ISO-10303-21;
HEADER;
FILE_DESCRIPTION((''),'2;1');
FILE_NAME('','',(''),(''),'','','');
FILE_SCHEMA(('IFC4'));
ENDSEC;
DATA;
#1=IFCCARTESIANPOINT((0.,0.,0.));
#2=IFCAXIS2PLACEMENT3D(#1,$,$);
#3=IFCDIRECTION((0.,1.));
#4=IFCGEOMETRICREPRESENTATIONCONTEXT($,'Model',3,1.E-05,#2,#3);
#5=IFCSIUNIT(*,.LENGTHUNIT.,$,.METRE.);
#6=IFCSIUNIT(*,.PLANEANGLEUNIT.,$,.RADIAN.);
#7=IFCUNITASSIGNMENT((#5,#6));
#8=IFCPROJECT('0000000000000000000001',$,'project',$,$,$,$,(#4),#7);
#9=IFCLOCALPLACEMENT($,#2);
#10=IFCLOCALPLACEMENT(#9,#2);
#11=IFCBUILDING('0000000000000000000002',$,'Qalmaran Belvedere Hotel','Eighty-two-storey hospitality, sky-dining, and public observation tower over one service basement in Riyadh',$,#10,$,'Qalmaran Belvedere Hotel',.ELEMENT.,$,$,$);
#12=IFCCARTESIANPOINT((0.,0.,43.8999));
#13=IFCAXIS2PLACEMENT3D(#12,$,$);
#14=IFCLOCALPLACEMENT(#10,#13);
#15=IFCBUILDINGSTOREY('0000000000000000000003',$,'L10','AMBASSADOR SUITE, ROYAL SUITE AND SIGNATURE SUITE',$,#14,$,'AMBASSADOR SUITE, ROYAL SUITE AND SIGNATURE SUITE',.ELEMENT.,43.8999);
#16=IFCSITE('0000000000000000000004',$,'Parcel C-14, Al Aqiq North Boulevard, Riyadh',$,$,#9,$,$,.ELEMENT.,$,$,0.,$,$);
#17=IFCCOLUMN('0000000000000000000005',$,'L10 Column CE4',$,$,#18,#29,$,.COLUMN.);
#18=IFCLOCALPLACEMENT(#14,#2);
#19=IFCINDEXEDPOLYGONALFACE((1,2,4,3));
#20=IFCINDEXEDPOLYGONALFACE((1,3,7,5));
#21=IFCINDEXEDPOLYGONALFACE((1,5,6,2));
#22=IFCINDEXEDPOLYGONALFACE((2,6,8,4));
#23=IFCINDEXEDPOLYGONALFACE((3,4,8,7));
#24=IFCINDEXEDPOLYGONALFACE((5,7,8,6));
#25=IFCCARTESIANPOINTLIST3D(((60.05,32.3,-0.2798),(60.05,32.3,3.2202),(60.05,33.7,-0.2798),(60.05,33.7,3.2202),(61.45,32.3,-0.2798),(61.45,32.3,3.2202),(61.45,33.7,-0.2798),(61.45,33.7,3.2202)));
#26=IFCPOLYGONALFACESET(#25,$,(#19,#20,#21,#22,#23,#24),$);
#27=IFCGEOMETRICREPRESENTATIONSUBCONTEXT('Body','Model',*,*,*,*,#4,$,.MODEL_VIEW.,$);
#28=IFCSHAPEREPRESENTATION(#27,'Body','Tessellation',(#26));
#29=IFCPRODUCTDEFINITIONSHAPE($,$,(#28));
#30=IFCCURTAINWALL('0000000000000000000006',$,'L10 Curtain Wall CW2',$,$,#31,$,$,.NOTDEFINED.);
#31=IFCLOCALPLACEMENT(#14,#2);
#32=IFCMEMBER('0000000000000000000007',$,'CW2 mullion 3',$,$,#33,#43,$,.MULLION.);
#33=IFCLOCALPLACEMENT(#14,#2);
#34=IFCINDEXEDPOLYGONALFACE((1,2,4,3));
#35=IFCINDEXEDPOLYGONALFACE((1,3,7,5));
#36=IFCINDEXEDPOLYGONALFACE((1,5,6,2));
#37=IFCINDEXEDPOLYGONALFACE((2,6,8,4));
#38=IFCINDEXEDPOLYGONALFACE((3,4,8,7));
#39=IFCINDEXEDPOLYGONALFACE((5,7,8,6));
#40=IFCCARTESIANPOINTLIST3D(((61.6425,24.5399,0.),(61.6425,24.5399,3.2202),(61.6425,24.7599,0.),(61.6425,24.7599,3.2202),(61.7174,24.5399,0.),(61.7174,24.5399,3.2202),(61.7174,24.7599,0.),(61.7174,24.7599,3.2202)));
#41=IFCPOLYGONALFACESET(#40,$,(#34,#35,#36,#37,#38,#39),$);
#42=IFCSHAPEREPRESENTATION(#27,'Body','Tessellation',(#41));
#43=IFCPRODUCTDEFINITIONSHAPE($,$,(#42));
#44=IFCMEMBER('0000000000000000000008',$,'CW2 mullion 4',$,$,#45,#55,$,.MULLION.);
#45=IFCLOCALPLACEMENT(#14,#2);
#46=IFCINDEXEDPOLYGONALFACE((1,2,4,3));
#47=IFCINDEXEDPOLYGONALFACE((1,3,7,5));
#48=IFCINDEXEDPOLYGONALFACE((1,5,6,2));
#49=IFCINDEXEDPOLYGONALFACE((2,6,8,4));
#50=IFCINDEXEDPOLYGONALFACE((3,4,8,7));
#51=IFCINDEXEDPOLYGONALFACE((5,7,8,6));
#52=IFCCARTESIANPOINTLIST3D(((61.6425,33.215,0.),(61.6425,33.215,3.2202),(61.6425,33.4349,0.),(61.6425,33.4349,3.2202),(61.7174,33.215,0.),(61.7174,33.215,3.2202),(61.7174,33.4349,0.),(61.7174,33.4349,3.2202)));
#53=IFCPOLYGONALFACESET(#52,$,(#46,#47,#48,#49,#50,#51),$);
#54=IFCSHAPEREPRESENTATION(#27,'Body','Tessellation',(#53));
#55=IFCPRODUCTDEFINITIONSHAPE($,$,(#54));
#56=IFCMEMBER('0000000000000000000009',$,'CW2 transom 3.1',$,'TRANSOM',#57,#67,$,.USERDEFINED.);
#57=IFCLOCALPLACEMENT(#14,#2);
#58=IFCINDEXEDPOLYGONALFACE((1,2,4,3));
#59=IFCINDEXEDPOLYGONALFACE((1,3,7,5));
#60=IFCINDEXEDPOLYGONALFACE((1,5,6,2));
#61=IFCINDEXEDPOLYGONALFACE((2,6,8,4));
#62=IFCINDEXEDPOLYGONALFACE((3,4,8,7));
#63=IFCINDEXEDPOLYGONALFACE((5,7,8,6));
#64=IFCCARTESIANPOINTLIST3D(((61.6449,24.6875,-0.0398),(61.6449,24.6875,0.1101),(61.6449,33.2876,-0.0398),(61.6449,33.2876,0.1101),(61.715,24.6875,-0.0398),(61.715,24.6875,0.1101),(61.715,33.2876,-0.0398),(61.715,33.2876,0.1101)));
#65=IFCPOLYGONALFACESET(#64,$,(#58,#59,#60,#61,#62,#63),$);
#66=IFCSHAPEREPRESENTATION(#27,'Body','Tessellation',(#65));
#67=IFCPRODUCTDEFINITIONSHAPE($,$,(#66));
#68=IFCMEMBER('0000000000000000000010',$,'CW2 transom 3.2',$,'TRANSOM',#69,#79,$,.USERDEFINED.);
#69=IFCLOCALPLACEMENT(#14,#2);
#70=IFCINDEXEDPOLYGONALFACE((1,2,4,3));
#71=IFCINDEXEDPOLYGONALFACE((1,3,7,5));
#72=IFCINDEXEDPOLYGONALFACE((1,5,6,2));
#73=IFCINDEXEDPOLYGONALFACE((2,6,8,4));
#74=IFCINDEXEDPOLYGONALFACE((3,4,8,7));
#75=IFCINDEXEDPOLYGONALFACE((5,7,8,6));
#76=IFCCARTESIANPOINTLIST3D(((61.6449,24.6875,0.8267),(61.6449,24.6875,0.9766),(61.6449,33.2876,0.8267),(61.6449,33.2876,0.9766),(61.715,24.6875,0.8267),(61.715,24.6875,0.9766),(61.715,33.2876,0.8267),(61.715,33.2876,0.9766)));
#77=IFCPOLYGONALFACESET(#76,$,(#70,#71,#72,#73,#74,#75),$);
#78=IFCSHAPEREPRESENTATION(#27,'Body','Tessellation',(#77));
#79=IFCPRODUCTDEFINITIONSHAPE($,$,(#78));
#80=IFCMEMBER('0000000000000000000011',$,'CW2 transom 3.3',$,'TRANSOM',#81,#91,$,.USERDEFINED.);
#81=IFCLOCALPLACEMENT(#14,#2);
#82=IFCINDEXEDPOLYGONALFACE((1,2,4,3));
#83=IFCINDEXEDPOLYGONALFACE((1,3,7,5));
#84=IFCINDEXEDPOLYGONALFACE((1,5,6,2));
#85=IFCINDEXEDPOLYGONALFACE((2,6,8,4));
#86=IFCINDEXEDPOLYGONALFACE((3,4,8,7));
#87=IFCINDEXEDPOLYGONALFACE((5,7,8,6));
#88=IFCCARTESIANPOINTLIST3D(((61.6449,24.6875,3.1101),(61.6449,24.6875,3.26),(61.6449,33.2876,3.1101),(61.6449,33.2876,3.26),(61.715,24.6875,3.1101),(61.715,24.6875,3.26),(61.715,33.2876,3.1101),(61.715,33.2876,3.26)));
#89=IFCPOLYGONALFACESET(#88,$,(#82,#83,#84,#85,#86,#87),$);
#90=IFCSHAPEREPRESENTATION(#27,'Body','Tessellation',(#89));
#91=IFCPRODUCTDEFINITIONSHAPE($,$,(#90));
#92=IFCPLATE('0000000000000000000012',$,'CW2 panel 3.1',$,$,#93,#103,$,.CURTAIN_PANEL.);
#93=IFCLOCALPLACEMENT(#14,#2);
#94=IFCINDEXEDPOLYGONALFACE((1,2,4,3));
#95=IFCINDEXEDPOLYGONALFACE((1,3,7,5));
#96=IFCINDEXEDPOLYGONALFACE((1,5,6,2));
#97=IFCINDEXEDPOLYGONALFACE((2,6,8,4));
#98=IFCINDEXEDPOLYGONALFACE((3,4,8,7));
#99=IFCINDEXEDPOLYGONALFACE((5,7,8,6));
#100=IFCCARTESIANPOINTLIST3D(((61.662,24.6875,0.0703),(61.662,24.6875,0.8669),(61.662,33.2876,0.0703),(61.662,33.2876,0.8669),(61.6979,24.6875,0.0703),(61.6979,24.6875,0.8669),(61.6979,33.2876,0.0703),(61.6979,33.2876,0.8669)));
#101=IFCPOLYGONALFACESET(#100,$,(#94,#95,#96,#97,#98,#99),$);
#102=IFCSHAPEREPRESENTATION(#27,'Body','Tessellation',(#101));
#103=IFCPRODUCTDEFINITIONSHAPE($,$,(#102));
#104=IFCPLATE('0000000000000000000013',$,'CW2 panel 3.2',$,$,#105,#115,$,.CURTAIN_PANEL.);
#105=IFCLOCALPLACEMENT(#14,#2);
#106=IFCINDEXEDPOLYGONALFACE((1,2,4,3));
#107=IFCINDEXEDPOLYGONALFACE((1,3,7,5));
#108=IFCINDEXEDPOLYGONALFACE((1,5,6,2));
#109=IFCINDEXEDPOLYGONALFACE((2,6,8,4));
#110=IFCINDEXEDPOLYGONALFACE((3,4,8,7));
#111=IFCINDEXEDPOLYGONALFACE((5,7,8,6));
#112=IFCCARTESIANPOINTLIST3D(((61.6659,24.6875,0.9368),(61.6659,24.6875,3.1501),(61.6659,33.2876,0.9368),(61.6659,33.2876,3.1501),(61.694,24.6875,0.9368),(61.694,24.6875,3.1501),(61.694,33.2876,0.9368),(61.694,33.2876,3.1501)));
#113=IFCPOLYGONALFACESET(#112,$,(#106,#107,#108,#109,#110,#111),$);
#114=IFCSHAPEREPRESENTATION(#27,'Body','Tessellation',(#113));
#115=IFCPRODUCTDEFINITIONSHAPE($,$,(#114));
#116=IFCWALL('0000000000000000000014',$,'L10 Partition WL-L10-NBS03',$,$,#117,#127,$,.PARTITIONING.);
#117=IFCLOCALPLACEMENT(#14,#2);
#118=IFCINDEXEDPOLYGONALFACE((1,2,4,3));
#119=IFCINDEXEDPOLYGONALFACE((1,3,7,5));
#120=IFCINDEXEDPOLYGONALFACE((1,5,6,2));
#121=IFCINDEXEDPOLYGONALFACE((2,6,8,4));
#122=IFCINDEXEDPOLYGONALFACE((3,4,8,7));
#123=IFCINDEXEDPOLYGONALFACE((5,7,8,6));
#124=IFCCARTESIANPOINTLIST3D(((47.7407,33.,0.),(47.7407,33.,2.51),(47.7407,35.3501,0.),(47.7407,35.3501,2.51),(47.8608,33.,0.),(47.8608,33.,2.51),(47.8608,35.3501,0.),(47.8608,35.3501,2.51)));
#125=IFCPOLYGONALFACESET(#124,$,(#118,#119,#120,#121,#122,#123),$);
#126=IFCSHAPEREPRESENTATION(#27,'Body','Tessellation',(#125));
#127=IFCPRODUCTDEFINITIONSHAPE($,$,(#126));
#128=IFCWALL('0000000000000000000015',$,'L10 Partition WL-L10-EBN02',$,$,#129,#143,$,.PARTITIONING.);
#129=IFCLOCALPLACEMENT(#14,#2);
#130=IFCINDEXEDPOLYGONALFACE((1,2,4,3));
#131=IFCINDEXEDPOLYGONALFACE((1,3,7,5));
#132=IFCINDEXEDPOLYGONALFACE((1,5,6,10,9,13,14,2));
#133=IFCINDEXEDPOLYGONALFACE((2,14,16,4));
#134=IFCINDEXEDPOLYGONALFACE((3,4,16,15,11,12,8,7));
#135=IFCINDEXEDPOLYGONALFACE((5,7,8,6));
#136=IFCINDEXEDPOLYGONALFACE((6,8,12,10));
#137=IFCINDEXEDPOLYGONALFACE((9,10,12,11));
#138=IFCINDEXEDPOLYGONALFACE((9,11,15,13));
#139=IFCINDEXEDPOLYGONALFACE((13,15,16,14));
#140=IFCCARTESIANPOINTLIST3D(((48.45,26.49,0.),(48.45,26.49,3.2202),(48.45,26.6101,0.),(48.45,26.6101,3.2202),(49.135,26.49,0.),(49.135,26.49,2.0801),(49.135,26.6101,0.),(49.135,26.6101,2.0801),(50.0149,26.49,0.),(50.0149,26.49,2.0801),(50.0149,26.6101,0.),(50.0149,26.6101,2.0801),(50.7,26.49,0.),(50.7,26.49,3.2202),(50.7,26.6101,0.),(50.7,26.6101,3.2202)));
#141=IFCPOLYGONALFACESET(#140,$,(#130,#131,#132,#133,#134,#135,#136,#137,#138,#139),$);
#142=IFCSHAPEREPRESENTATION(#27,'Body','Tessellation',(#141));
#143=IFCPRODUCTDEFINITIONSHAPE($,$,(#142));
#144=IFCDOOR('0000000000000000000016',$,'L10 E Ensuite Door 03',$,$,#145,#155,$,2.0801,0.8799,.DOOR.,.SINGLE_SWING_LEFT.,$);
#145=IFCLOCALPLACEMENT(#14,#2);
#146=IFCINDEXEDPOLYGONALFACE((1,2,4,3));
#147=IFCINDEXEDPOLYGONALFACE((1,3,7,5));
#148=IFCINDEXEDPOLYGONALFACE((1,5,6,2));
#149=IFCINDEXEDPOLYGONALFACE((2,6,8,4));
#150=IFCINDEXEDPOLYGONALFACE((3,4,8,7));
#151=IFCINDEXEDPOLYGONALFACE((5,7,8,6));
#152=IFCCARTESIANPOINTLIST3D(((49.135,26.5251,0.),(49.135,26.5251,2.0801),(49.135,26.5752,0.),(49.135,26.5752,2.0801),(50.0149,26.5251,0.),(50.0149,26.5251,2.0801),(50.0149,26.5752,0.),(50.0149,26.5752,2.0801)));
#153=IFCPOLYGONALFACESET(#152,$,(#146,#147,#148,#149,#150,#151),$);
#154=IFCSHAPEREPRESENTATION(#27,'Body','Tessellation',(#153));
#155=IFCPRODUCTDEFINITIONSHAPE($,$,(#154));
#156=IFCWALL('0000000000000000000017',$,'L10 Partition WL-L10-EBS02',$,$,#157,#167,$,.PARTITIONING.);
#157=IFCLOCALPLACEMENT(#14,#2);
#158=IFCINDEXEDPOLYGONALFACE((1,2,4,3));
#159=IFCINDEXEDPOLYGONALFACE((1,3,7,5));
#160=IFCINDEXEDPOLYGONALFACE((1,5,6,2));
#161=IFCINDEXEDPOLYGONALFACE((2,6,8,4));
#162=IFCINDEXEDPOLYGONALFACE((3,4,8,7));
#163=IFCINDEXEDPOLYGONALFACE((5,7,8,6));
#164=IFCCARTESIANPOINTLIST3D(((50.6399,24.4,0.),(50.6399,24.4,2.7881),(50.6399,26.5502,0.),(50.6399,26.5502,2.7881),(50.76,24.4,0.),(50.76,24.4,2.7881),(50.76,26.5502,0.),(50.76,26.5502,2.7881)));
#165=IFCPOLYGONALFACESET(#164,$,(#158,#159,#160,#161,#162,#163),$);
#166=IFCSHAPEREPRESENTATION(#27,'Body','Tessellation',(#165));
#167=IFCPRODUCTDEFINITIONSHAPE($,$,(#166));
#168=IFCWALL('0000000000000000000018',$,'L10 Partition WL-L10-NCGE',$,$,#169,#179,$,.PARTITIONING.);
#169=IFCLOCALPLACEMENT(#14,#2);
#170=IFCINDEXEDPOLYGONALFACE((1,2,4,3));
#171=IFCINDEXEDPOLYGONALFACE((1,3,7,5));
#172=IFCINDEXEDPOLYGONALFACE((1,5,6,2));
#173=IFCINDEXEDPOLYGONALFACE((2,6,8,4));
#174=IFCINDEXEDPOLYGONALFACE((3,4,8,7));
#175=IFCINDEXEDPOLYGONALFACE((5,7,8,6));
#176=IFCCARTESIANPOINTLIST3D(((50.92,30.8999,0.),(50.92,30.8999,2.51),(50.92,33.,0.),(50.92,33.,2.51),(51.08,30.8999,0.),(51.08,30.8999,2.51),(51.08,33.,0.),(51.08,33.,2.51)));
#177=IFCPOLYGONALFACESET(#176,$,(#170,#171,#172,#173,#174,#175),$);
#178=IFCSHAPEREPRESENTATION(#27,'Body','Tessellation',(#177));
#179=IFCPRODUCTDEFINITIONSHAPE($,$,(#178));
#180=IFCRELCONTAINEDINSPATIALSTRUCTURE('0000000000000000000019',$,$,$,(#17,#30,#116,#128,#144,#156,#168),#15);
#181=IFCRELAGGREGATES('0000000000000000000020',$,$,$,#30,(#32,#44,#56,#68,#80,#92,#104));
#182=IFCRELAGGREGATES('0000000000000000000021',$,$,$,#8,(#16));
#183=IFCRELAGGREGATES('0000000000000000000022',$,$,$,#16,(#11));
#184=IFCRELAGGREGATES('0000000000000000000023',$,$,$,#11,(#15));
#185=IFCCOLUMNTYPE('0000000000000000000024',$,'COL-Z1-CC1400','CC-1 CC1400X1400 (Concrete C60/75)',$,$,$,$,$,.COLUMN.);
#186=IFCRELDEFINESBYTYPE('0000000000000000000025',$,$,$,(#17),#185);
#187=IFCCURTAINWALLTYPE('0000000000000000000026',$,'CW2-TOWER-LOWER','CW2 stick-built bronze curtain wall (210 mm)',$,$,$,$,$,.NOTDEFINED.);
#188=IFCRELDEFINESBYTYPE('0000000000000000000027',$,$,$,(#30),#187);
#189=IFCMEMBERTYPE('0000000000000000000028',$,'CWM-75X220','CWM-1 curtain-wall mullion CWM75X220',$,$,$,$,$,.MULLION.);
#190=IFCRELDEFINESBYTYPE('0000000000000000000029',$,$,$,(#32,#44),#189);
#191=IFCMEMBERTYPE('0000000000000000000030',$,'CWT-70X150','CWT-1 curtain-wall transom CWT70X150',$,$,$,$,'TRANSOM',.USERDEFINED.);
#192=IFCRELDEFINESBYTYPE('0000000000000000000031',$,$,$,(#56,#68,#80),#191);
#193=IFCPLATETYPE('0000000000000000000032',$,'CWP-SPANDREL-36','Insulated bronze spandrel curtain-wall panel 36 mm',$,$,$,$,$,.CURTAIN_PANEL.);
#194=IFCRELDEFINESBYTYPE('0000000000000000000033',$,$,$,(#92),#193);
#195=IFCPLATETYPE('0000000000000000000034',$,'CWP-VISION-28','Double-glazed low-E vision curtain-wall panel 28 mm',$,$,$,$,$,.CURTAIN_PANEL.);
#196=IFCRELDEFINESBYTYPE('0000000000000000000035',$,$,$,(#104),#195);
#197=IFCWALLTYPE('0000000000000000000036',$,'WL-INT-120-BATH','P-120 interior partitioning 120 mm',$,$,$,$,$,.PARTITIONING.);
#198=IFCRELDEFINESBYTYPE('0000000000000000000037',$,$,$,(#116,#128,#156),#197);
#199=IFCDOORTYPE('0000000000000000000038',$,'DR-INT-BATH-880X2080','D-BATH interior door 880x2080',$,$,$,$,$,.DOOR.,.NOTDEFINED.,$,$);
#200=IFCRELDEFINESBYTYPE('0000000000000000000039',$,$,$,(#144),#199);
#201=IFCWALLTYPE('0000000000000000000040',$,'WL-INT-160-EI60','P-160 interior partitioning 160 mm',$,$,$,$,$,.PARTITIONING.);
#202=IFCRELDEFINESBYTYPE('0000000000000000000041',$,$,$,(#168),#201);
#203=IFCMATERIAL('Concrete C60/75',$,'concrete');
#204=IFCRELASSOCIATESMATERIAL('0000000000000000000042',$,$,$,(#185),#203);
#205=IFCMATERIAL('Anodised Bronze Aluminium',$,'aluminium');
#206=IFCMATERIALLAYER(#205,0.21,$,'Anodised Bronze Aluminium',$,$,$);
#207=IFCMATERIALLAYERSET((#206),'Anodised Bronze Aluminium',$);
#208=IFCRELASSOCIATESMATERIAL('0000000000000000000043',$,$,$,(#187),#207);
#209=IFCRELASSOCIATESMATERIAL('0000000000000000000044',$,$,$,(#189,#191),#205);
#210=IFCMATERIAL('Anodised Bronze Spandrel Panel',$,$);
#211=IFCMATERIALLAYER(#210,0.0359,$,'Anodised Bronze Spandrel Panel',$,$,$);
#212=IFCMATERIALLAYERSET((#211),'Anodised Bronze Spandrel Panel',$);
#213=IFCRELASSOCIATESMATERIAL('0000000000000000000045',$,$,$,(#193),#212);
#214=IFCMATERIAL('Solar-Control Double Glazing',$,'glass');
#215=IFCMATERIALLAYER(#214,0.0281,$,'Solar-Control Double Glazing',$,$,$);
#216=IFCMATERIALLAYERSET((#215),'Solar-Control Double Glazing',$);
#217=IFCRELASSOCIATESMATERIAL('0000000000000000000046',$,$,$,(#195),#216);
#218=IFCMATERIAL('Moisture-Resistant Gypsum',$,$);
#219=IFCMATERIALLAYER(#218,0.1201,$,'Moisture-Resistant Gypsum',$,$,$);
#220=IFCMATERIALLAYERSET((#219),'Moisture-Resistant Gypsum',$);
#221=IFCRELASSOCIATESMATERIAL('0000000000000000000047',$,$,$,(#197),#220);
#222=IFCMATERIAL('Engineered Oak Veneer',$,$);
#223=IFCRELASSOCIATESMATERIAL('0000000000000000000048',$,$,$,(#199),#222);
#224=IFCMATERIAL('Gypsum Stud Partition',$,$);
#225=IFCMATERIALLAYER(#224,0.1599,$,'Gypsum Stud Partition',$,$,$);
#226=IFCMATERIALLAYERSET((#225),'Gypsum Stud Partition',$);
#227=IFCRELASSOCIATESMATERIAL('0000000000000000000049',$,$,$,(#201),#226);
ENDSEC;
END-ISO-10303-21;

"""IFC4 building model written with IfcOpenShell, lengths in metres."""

from ifc_helpers import new_model, si_unit, direction, frame, frame_2d, origin, origin_2d, place, context, subcontext, project, spatial, rectangle, extrude, material, layer, layer_set, material_profile, profile_set, type_object, element, fill, aggregate, save


model = new_model("IFC4")

# Units and contexts
model_context = context("Model", 3, precision=1e-05, world=origin(), true_north=direction((0.0, 1.0)))
body_context = subcontext(model_context, "Body", "Model", "MODEL_VIEW")
ifc_project = project(units=[si_unit("LENGTHUNIT", "METRE"), si_unit("PLANEANGLEUNIT", "RADIAN")], contexts=[model_context])

# Site, building, storey
site_placement = place(None, origin())
site = spatial("IfcSite", under=ifc_project, at=site_placement, Name="Parcel C-14, Al Aqiq North Boulevard, Riyadh", CompositionType="ELEMENT", RefElevation=0.0)
building_placement = place(site_placement, origin())
building = spatial("IfcBuilding", under=site, at=building_placement, Name="Qalmaran Belvedere Hotel", Description="Eighty-two-storey hospitality, sky-dining, and public observation tower over one service basement in Riyadh", LongName="Qalmaran Belvedere Hotel", CompositionType="ELEMENT")
storey_placement = place(building_placement, frame((0.0, 0.0, 43.8999)))
storey = spatial("IfcBuildingStorey", under=building, at=storey_placement, Name="L10", Description="AMBASSADOR SUITE, ROYAL SUITE AND SIGNATURE SUITE", LongName="AMBASSADOR SUITE, ROYAL SUITE AND SIGNATURE SUITE", CompositionType="ELEMENT", Elevation=43.8999)

# Column
ifc_material_1 = material(Name="Concrete C60/75", Category="concrete")
ifc_material_profile_1 = material_profile(ifc_material_1, rectangle(XDim=1.3999, YDim=1.3999, at=origin_2d()), Name="CC1400X1400")
ifc_profile_set_1 = profile_set([ifc_material_profile_1], Name="Concrete C60/75")
column_type = type_object("IfcColumnType", Name="COL-Z1-CC1400", Description="CC-1 CC1400X1400 (Concrete C60/75)", PredefinedType="COLUMN", material=ifc_profile_set_1)
column_placement = place(storey_placement, frame((60.75, 33.0, -0.2798), z_axis=(0.0, 0.0, 1.0), x_axis=(1.0, 0.0, 0.0)))
element("IfcColumn", 1, at=column_placement, inside=storey, type_object=column_type, Name="L10 Column CE4", PredefinedType="COLUMN", context=body_context, shape_type="SweptSolid", body=[
    extrude(rectangle(XDim=1.3999, YDim=1.3999, at=origin_2d()), origin(), (0.0, 0.0, 1.0), 3.5),
])

# Curtain wall, members, plates
ifc_material_2 = material(Name="Anodised Bronze Aluminium", Category="aluminium")
ifc_layer_1 = layer(ifc_material_2, 0.21, Name="Anodised Bronze Aluminium")
ifc_layer_set_1 = layer_set([ifc_layer_1], Name="Anodised Bronze Aluminium")
curtain_wall_type = type_object("IfcCurtainWallType", Name="CW2-TOWER-LOWER", Description="CW2 stick-built bronze curtain wall (210 mm)", PredefinedType="NOTDEFINED", material=ifc_layer_set_1)
curtain_wall_placement = place(storey_placement, origin())
curtain_wall = element("IfcCurtainWall", 2, at=curtain_wall_placement, inside=storey, type_object=curtain_wall_type, Name="L10 Curtain Wall CW2", PredefinedType="NOTDEFINED")
ifc_material_profile_2 = material_profile(ifc_material_2, rectangle(XDim=0.075, YDim=0.22, at=origin_2d()), Name="CWM75X220")
ifc_profile_set_2 = profile_set([ifc_material_profile_2], Name="Anodised Bronze Aluminium")
member_type_1 = type_object("IfcMemberType", Name="CWM-75X220", Description="CWM-1 curtain-wall mullion CWM75X220", PredefinedType="MULLION", material=ifc_profile_set_2)
member_1_placement = place(storey_placement, frame((61.6799, 24.6499, 0.0), z_axis=(0.0, 0.0, 1.0), x_axis=(-1.0, 0.0, 0.0)))
member_1 = element("IfcMember", 3, at=member_1_placement, type_object=member_type_1, Name="CW2 mullion 3", PredefinedType="MULLION", context=body_context, shape_type="SweptSolid", body=[
    extrude(rectangle(XDim=0.075, YDim=0.22, at=origin_2d()), origin(), (0.0, 0.0, 1.0), 3.2202),
])
member_2_placement = place(storey_placement, frame((61.6799, 33.325, 0.0), z_axis=(0.0, 0.0, 1.0), x_axis=(-1.0, 0.0, 0.0)))
member_2 = element("IfcMember", 4, at=member_2_placement, type_object=member_type_1, Name="CW2 mullion 4", PredefinedType="MULLION", context=body_context, shape_type="SweptSolid", body=[
    extrude(rectangle(XDim=0.075, YDim=0.22, at=origin_2d()), origin(), (0.0, 0.0, 1.0), 3.2202),
])
ifc_material_profile_3 = material_profile(ifc_material_2, rectangle(XDim=0.0701, YDim=0.1499, at=origin_2d()), Name="CWT70X150")
ifc_profile_set_3 = profile_set([ifc_material_profile_3], Name="Anodised Bronze Aluminium")
member_type_2 = type_object("IfcMemberType", Name="CWT-70X150", Description="CWT-1 curtain-wall transom CWT70X150", ElementType="TRANSOM", PredefinedType="USERDEFINED", material=ifc_profile_set_3)
member_3_placement = place(storey_placement, frame((61.6799, 24.6875, 0.0352), z_axis=(0.0, 1.0, 0.0), x_axis=(-1.0, 0.0, 0.0)))
member_3 = element("IfcMember", 5, at=member_3_placement, type_object=member_type_2, Name="CW2 transom 3.1", ObjectType="TRANSOM", PredefinedType="USERDEFINED", context=body_context, shape_type="SweptSolid", body=[
    extrude(rectangle(XDim=0.0701, YDim=0.1499, at=origin_2d()), origin(), (0.0, 0.0, 1.0), 8.6001),
])
member_4_placement = place(storey_placement, frame((61.6799, 24.6875, 0.9016), z_axis=(0.0, 1.0, 0.0), x_axis=(-1.0, 0.0, 0.0)))
member_4 = element("IfcMember", 6, at=member_4_placement, type_object=member_type_2, Name="CW2 transom 3.2", ObjectType="TRANSOM", PredefinedType="USERDEFINED", context=body_context, shape_type="SweptSolid", body=[
    extrude(rectangle(XDim=0.0701, YDim=0.1499, at=origin_2d()), origin(), (0.0, 0.0, 1.0), 8.6001),
])
member_5_placement = place(storey_placement, frame((61.6799, 24.6875, 3.1851), z_axis=(0.0, 1.0, 0.0), x_axis=(-1.0, 0.0, 0.0)))
member_5 = element("IfcMember", 7, at=member_5_placement, type_object=member_type_2, Name="CW2 transom 3.3", ObjectType="TRANSOM", PredefinedType="USERDEFINED", context=body_context, shape_type="SweptSolid", body=[
    extrude(rectangle(XDim=0.0701, YDim=0.1499, at=origin_2d()), origin(), (0.0, 0.0, 1.0), 8.6001),
])
ifc_material_3 = material(Name="Anodised Bronze Spandrel Panel")
ifc_layer_2 = layer(ifc_material_3, 0.0359, Name="Anodised Bronze Spandrel Panel")
ifc_layer_set_2 = layer_set([ifc_layer_2], Name="Anodised Bronze Spandrel Panel")
plate_type_1 = type_object("IfcPlateType", Name="CWP-SPANDREL-36", Description="Insulated bronze spandrel curtain-wall panel 36 mm", PredefinedType="CURTAIN_PANEL", material=ifc_layer_set_2)
plate_1_placement = place(storey_placement, frame((61.6799, 28.9875, 0.0703), z_axis=(0.0, 0.0, 1.0), x_axis=(0.0, 1.0, 0.0)))
plate_1 = element("IfcPlate", 8, at=plate_1_placement, type_object=plate_type_1, Name="CW2 panel 3.1", PredefinedType="CURTAIN_PANEL", context=body_context, shape_type="SweptSolid", body=[
    extrude(rectangle(XDim=8.6001, YDim=0.0359, at=origin_2d()), origin(), (0.0, 0.0, 1.0), 0.7966),
])
ifc_material_4 = material(Name="Solar-Control Double Glazing", Category="glass")
ifc_layer_3 = layer(ifc_material_4, 0.0281, Name="Solar-Control Double Glazing")
ifc_layer_set_3 = layer_set([ifc_layer_3], Name="Solar-Control Double Glazing")
plate_type_2 = type_object("IfcPlateType", Name="CWP-VISION-28", Description="Double-glazed low-E vision curtain-wall panel 28 mm", PredefinedType="CURTAIN_PANEL", material=ifc_layer_set_3)
plate_2_placement = place(storey_placement, frame((61.6799, 28.9875, 0.9368), z_axis=(0.0, 0.0, 1.0), x_axis=(0.0, 1.0, 0.0)))
plate_2 = element("IfcPlate", 9, at=plate_2_placement, type_object=plate_type_2, Name="CW2 panel 3.2", PredefinedType="CURTAIN_PANEL", context=body_context, shape_type="SweptSolid", body=[
    extrude(rectangle(XDim=8.6001, YDim=0.0281, at=origin_2d()), origin(), (0.0, 0.0, 1.0), 2.2134),
])
aggregate(curtain_wall, [member_1, member_2, member_3, member_4, member_5, plate_1, plate_2])

# Wall
ifc_material_5 = material(Name="Moisture-Resistant Gypsum")
ifc_layer_4 = layer(ifc_material_5, 0.1201, Name="Moisture-Resistant Gypsum")
ifc_layer_set_4 = layer_set([ifc_layer_4], Name="Moisture-Resistant Gypsum")
wall_type_1 = type_object("IfcWallType", Name="WL-INT-120-BATH", Description="P-120 interior partitioning 120 mm", PredefinedType="PARTITIONING", material=ifc_layer_set_4)
wall_1_placement = place(storey_placement, frame((47.8008, 33.0, 0.0), z_axis=(0.0, 0.0, 1.0), x_axis=(0.0, 1.0, 0.0)))
element("IfcWall", 10, at=wall_1_placement, inside=storey, type_object=wall_type_1, Name="L10 Partition WL-L10-NBS03", PredefinedType="PARTITIONING", context=body_context, shape_type="SweptSolid", body=[
    extrude(rectangle(XDim=2.3501, YDim=0.1201, at=frame_2d((1.175, 0.0))), origin(), (0.0, 0.0, 1.0), 2.51),
])

# Wall, opening, door
wall_2_placement = place(storey_placement, frame((48.45, 26.55, 0.0), z_axis=(0.0, 0.0, 1.0), x_axis=(1.0, 0.0, 0.0)))
wall_2 = element("IfcWall", 11, at=wall_2_placement, inside=storey, type_object=wall_type_1, Name="L10 Partition WL-L10-EBN02", PredefinedType="PARTITIONING", context=body_context, shape_type="SweptSolid", body=[
    extrude(rectangle(XDim=2.25, YDim=0.1201, at=frame_2d((1.125, 0.0))), origin(), (0.0, 0.0, 1.0), 3.2202),
])
opening_1_placement = place(wall_2_placement, frame((1.5649, 0.0, 0.0), z_axis=(0.0, 0.0, 1.0), x_axis=(-1.0, 0.0, 0.0)))
opening_1 = element("IfcOpeningElement", 12, at=opening_1_placement, cuts=wall_2, PredefinedType="OPENING", context=body_context, shape_type="SweptSolid", body=[
    extrude(rectangle(XDim=0.8799, YDim=2.0801, at=frame_2d((0.4399, 1.04))), frame((0.0, 0.0701, 0.0), z_axis=(0.0, -1.0, 0.0), x_axis=(1.0, 0.0, 0.0)), (0.0, 0.0, 1.0), 0.1401),
])
ifc_material_6 = material(Name="Engineered Oak Veneer")
door_type_1 = type_object("IfcDoorType", Name="DR-INT-BATH-880X2080", Description="D-BATH interior door 880x2080", OperationType="NOTDEFINED", PredefinedType="DOOR", material=ifc_material_6)
door_1_placement = place(opening_1_placement, origin())
door_1 = element("IfcDoor", 13, at=door_1_placement, inside=storey, type_object=door_type_1, Name="L10 E Ensuite Door 03", OperationType="SINGLE_SWING_LEFT", OverallHeight=2.0801, OverallWidth=0.8799, PredefinedType="DOOR", context=body_context, shape_type="SweptSolid", body=[
    extrude(rectangle(XDim=0.8799, YDim=2.0801, at=frame_2d((0.4399, 1.04))), frame((0.0, 0.0249, 0.0), z_axis=(0.0, -1.0, 0.0), x_axis=(1.0, 0.0, 0.0)), (0.0, 0.0, 1.0), 0.05),
])
fill(opening_1, door_1)

# Wall
wall_3_placement = place(storey_placement, frame((50.7, 24.3999, 0.0), z_axis=(0.0, 0.0, 1.0), x_axis=(0.0, 1.0, 0.0)))
element("IfcWall", 14, at=wall_3_placement, inside=storey, type_object=wall_type_1, Name="L10 Partition WL-L10-EBS02", PredefinedType="PARTITIONING", context=body_context, shape_type="SweptSolid", body=[
    extrude(rectangle(XDim=2.1501, YDim=0.1201, at=frame_2d((1.0752, 0.0))), origin(), (0.0, 0.0, 1.0), 2.7881),
])

# Shared definitions
ifc_material_7 = material(Name="Gypsum Stud Partition")

# Wall
ifc_layer_5 = layer(ifc_material_7, 0.1599, Name="Gypsum Stud Partition")
ifc_layer_set_5 = layer_set([ifc_layer_5], Name="Gypsum Stud Partition")
wall_type_2 = type_object("IfcWallType", Name="WL-INT-160-EI60", Description="P-160 interior partitioning 160 mm", PredefinedType="PARTITIONING", material=ifc_layer_set_5)
wall_4_placement = place(storey_placement, frame((51.0, 30.8999, 0.0), z_axis=(0.0, 0.0, 1.0), x_axis=(0.0, 1.0, 0.0)))
element("IfcWall", 15, at=wall_4_placement, inside=storey, type_object=wall_type_2, Name="L10 Partition WL-L10-NCGE", PredefinedType="PARTITIONING", context=body_context, shape_type="SweptSolid", body=[
    extrude(rectangle(XDim=2.1001, YDim=0.1599, at=frame_2d((1.05, 0.0))), origin(), (0.0, 0.0, 1.0), 2.51),
])

save(model, "model.ifc")
